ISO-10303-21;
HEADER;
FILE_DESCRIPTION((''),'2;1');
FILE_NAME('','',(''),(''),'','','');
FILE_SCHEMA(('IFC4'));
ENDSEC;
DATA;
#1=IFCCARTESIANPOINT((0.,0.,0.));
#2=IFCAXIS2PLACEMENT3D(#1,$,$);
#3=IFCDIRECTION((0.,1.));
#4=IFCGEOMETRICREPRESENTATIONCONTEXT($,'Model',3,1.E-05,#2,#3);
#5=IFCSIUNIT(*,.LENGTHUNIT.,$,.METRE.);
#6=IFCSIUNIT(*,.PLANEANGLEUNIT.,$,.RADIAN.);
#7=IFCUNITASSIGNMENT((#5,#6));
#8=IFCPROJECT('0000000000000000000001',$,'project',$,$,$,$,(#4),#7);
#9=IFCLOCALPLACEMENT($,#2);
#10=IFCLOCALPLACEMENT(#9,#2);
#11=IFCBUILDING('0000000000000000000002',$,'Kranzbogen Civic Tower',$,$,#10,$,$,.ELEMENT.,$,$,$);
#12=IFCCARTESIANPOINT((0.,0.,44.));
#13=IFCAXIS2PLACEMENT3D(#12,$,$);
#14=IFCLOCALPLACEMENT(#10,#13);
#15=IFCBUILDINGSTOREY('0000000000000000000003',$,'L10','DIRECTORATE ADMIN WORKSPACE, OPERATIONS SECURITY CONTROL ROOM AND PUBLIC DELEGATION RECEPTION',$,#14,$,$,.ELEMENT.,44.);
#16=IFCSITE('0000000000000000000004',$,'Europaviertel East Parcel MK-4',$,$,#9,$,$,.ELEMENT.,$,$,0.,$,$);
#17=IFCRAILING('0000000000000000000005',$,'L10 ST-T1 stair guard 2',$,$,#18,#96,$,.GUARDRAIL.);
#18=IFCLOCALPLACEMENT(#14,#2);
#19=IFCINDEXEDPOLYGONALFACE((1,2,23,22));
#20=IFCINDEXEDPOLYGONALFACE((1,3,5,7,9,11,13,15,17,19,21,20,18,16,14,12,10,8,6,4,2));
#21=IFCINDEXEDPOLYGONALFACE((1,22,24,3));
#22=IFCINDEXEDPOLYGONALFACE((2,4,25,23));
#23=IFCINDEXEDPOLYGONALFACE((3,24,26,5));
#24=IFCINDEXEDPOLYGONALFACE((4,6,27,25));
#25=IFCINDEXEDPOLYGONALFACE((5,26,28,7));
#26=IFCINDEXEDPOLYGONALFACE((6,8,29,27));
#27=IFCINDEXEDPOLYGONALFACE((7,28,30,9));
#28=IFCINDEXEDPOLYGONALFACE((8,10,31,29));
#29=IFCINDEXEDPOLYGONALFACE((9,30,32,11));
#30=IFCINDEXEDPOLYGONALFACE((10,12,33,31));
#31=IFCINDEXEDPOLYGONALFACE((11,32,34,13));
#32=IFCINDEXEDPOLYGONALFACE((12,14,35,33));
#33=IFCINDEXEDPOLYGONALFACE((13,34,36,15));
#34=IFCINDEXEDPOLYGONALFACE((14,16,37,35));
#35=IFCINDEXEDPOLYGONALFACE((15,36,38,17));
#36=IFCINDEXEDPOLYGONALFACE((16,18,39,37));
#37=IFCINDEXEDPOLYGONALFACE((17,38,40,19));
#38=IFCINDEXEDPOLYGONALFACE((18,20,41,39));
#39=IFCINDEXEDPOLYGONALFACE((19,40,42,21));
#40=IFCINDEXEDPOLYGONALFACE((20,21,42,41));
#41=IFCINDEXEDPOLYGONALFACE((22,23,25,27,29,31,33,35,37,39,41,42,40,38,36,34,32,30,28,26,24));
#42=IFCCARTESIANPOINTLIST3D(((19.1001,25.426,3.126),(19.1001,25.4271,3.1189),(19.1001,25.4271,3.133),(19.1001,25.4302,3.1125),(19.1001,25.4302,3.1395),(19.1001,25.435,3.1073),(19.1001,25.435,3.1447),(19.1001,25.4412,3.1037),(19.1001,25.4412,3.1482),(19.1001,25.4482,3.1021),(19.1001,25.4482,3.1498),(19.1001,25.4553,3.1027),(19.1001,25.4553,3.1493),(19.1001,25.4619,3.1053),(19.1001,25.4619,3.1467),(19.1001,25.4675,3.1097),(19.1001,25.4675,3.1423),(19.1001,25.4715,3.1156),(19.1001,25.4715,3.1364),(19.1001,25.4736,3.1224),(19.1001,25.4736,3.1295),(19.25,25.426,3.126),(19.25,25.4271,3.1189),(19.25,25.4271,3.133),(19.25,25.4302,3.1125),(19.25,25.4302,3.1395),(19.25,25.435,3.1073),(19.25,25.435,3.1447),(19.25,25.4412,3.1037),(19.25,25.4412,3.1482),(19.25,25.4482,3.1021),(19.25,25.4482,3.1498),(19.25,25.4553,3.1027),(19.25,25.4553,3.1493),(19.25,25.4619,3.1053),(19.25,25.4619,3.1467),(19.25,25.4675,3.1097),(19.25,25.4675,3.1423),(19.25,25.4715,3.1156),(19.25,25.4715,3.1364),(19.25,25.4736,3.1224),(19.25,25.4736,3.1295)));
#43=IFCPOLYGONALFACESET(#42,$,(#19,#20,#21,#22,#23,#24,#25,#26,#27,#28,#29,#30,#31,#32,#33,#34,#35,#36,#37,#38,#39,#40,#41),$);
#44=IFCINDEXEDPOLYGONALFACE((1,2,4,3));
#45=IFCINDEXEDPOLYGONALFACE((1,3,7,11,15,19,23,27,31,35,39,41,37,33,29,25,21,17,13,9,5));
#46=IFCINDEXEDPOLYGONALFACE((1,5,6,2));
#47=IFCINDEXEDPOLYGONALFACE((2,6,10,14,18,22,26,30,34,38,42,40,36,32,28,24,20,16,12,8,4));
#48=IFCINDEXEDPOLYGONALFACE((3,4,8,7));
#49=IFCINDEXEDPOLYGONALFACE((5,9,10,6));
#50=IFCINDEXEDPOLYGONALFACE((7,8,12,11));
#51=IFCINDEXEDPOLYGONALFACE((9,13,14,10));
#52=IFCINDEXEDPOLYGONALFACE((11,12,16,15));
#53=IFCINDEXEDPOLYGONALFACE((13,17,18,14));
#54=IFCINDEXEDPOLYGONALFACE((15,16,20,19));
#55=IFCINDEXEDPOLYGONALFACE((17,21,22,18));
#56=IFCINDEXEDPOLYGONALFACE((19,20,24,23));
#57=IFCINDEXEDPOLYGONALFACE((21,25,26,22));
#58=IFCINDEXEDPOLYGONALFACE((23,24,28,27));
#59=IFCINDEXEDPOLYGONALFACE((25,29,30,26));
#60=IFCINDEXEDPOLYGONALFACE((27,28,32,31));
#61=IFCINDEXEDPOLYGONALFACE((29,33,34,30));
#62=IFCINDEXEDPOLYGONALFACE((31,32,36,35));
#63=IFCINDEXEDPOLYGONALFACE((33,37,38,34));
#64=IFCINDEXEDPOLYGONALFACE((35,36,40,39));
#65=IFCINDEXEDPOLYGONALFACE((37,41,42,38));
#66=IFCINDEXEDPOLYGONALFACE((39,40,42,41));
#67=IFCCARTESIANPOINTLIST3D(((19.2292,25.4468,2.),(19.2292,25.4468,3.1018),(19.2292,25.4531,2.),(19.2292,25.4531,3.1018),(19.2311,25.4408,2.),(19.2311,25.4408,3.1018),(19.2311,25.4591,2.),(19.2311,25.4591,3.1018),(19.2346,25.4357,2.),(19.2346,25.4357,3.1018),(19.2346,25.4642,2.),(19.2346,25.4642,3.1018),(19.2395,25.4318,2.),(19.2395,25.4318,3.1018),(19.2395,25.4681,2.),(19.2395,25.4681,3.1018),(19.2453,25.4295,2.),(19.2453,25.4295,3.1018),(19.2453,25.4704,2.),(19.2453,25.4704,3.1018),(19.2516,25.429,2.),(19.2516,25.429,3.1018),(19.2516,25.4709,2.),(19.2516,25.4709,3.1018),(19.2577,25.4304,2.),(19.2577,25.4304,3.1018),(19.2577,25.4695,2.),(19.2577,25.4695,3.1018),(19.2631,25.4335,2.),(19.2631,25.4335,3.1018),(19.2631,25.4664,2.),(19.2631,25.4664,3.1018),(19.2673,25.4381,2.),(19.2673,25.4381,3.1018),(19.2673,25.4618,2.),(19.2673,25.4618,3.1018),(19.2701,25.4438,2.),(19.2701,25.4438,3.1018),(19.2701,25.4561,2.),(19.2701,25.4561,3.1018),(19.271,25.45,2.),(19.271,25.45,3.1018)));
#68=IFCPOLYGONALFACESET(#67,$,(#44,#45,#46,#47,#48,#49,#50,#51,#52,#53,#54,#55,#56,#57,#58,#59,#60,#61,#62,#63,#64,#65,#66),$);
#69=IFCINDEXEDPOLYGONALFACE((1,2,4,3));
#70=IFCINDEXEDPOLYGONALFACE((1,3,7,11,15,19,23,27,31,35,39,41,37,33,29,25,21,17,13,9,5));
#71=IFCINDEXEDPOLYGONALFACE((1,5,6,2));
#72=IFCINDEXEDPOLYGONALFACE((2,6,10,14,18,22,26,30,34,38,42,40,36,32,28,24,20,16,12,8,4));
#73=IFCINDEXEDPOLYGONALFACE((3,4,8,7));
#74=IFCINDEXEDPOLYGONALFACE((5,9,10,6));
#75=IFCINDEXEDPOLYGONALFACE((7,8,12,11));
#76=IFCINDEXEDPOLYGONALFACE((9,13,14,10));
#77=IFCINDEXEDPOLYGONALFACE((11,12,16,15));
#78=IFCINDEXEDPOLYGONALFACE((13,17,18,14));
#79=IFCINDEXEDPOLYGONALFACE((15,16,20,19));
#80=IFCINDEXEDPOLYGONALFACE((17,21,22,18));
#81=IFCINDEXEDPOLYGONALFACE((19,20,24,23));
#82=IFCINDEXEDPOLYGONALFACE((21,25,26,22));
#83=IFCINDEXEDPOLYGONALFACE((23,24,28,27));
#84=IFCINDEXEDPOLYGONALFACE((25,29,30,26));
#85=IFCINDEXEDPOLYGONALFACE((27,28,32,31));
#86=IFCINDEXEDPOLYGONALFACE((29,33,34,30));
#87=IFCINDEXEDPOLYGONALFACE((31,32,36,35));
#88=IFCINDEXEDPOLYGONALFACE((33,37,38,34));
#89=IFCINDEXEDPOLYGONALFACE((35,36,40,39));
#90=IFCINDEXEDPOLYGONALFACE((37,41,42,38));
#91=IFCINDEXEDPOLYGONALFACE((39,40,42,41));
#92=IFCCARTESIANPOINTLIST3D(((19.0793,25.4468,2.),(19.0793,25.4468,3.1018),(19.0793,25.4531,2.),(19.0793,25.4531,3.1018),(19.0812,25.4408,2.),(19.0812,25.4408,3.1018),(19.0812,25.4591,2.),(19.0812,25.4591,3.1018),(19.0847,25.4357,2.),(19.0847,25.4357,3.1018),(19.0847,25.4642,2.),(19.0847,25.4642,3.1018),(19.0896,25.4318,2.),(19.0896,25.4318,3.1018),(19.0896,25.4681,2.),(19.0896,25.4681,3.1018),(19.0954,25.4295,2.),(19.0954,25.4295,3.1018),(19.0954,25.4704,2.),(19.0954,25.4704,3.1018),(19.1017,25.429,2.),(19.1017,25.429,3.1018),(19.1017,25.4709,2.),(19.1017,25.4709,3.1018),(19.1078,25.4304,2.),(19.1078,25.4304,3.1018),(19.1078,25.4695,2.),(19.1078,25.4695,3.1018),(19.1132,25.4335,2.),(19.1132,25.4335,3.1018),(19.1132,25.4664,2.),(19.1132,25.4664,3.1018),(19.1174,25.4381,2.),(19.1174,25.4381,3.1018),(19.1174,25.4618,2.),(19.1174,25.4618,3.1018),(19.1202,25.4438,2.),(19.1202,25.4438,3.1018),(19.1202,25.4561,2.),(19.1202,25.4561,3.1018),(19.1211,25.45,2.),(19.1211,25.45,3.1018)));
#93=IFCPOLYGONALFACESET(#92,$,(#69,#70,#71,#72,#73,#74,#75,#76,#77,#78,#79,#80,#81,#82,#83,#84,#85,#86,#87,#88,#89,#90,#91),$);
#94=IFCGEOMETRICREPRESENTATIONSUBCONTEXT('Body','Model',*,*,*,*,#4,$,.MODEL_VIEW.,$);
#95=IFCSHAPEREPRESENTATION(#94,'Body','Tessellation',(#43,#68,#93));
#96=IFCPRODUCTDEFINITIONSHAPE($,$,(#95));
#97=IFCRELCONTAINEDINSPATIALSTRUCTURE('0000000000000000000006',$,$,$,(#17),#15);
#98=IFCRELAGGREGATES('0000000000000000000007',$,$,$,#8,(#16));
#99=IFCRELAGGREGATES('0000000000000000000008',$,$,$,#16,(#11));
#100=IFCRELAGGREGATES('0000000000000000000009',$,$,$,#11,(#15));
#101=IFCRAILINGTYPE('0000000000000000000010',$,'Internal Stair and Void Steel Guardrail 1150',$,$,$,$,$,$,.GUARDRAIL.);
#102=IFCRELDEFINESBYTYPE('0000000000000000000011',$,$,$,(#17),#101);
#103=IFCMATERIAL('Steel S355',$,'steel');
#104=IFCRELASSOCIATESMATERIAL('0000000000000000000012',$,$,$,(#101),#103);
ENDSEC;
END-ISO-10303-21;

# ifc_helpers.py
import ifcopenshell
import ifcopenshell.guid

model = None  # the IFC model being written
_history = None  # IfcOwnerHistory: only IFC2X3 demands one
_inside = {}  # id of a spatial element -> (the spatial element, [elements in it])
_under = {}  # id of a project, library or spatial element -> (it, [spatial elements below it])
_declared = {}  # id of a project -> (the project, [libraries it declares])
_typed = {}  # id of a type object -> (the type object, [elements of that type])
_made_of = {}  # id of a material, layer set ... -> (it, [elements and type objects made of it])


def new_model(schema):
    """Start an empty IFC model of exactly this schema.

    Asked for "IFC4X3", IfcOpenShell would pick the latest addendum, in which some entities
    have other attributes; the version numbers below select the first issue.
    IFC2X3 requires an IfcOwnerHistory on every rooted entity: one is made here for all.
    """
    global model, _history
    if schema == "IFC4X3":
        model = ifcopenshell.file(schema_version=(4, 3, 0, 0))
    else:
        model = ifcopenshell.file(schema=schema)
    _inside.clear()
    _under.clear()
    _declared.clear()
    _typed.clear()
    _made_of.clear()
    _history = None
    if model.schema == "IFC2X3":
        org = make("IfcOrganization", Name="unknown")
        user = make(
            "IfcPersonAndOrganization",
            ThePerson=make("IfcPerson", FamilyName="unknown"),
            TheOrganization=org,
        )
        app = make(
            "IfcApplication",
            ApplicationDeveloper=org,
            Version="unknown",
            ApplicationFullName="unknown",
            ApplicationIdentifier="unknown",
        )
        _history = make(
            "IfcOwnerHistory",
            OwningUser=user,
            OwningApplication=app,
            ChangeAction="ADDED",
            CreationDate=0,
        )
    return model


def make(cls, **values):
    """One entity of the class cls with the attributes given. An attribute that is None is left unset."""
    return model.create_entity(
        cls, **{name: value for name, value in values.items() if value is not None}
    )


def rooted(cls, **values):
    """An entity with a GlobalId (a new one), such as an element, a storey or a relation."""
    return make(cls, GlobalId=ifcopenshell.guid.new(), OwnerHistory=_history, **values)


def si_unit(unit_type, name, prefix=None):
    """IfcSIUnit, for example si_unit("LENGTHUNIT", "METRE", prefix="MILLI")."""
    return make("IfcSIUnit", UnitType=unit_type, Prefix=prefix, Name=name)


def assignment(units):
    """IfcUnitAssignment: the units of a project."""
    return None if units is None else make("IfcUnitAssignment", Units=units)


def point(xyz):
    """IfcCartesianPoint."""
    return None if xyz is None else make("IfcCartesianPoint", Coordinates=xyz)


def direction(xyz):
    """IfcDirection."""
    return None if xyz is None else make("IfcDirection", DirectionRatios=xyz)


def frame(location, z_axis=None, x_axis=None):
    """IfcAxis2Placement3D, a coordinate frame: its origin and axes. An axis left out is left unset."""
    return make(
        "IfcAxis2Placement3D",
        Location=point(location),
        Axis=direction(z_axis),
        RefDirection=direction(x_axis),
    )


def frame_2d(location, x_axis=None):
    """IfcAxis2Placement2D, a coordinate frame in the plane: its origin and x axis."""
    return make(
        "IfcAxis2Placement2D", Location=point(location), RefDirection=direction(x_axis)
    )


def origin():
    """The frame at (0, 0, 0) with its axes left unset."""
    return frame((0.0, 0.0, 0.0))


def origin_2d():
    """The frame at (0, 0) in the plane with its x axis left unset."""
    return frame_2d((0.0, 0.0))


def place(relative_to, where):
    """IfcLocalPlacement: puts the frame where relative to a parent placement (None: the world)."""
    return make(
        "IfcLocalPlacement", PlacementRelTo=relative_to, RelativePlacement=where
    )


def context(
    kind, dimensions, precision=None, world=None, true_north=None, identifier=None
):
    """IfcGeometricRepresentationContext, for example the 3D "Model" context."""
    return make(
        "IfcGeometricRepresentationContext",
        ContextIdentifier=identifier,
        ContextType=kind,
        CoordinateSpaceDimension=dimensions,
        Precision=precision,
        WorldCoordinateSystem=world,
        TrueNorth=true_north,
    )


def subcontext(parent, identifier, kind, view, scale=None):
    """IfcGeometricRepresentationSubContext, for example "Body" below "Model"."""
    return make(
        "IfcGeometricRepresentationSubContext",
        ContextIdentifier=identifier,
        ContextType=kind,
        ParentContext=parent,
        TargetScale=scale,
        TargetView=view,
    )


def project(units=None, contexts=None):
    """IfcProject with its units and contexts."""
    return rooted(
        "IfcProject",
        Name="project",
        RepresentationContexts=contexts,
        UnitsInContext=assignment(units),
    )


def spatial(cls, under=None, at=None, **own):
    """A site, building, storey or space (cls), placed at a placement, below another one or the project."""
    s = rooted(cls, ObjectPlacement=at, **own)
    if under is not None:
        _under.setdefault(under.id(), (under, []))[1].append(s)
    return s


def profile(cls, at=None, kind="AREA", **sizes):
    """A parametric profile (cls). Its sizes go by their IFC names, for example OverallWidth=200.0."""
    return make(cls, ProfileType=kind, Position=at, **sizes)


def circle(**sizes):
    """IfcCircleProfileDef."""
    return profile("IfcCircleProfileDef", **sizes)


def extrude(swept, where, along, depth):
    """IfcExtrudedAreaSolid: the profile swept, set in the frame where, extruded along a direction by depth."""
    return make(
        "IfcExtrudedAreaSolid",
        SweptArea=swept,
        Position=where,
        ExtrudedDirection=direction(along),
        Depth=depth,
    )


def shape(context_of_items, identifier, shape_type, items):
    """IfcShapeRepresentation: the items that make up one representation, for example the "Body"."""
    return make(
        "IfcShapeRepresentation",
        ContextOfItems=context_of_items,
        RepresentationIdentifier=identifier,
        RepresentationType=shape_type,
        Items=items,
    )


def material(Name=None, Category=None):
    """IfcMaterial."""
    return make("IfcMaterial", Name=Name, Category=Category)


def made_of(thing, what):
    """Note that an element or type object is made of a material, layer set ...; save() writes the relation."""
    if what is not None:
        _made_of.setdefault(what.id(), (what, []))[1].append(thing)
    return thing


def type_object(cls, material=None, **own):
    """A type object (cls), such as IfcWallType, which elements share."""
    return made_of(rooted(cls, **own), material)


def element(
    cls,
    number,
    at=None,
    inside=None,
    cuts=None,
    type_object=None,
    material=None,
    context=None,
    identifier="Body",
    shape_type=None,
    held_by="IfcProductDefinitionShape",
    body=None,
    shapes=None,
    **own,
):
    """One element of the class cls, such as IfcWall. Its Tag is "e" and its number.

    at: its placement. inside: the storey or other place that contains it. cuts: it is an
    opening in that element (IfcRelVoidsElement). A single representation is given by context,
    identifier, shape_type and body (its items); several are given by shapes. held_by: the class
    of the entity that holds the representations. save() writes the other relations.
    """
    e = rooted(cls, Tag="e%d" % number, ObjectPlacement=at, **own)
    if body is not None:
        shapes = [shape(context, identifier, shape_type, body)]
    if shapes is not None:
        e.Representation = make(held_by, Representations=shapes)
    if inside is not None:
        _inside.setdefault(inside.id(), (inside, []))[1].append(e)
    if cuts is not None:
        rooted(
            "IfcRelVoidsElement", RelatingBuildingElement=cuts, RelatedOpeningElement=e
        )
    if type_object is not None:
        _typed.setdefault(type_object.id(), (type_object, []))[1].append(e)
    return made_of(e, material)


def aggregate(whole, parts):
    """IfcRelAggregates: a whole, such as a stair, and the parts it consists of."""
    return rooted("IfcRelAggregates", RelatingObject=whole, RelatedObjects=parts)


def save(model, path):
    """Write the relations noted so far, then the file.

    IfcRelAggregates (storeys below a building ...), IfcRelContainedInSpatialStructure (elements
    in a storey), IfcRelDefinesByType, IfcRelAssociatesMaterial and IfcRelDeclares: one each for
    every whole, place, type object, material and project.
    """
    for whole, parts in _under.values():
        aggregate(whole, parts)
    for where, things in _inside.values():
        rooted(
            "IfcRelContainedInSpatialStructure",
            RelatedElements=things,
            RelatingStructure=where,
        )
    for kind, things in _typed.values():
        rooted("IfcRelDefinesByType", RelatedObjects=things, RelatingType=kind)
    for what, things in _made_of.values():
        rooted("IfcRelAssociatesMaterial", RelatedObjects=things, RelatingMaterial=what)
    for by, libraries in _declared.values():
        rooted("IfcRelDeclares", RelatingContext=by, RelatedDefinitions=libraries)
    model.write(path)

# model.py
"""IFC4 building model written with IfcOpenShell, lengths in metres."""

from ifc_helpers import new_model, si_unit, direction, frame, origin, origin_2d, place, context, subcontext, project, spatial, circle, extrude, material, type_object, element, save


model = new_model("IFC4")

# Units and contexts
model_context = context("Model", 3, precision=1e-05, world=origin(), true_north=direction((0.0, 1.0)))
body_context = subcontext(model_context, "Body", "Model", "MODEL_VIEW")
ifc_project = project(units=[si_unit("LENGTHUNIT", "METRE"), si_unit("PLANEANGLEUNIT", "RADIAN")], contexts=[model_context])

# Site, building, storey
site_placement = place(None, origin())
site = spatial("IfcSite", under=ifc_project, at=site_placement, Name="Europaviertel East Parcel MK-4", CompositionType="ELEMENT", RefElevation=0.0)
building_placement = place(site_placement, origin())
building = spatial("IfcBuilding", under=site, at=building_placement, Name="Kranzbogen Civic Tower", CompositionType="ELEMENT")
storey_placement = place(building_placement, frame((0.0, 0.0, 44.0)))
storey = spatial("IfcBuildingStorey", under=building, at=storey_placement, Name="L10", Description="DIRECTORATE ADMIN WORKSPACE, OPERATIONS SECURITY CONTROL ROOM AND PUBLIC DELEGATION RECEPTION", CompositionType="ELEMENT", Elevation=44.0)

# Shared definitions
ifc_material_1 = material(Name="Steel S355", Category="steel")

# Railing
railing_type = type_object("IfcRailingType", Name="Internal Stair and Void Steel Guardrail 1150", PredefinedType="GUARDRAIL", material=ifc_material_1)
railing_1_placement = place(storey_placement, frame((19.25, 25.45, 2.0)))
element("IfcRailing", 1, at=railing_1_placement, inside=storey, type_object=railing_type, Name="L10 ST-T1 stair guard 2", PredefinedType="GUARDRAIL", context=body_context, shape_type="SweptSolid", body=[
    extrude(circle(Radius=0.0239, at=origin_2d()), frame((0.0, 0.0, 1.126), z_axis=(-1.0, 0.0, 0.0), x_axis=(0.0, -1.0, 0.0)), (0.0, 0.0, 1.0), 0.1499),
    extrude(circle(Radius=0.021, at=origin_2d()), origin(), (0.0, 0.0, 1.0), 1.1018),
    extrude(circle(Radius=0.021, at=origin_2d()), frame((-0.1499, 0.0, 0.0)), (0.0, 0.0, 1.0), 1.1018),
])

save(model, "model.ifc")
